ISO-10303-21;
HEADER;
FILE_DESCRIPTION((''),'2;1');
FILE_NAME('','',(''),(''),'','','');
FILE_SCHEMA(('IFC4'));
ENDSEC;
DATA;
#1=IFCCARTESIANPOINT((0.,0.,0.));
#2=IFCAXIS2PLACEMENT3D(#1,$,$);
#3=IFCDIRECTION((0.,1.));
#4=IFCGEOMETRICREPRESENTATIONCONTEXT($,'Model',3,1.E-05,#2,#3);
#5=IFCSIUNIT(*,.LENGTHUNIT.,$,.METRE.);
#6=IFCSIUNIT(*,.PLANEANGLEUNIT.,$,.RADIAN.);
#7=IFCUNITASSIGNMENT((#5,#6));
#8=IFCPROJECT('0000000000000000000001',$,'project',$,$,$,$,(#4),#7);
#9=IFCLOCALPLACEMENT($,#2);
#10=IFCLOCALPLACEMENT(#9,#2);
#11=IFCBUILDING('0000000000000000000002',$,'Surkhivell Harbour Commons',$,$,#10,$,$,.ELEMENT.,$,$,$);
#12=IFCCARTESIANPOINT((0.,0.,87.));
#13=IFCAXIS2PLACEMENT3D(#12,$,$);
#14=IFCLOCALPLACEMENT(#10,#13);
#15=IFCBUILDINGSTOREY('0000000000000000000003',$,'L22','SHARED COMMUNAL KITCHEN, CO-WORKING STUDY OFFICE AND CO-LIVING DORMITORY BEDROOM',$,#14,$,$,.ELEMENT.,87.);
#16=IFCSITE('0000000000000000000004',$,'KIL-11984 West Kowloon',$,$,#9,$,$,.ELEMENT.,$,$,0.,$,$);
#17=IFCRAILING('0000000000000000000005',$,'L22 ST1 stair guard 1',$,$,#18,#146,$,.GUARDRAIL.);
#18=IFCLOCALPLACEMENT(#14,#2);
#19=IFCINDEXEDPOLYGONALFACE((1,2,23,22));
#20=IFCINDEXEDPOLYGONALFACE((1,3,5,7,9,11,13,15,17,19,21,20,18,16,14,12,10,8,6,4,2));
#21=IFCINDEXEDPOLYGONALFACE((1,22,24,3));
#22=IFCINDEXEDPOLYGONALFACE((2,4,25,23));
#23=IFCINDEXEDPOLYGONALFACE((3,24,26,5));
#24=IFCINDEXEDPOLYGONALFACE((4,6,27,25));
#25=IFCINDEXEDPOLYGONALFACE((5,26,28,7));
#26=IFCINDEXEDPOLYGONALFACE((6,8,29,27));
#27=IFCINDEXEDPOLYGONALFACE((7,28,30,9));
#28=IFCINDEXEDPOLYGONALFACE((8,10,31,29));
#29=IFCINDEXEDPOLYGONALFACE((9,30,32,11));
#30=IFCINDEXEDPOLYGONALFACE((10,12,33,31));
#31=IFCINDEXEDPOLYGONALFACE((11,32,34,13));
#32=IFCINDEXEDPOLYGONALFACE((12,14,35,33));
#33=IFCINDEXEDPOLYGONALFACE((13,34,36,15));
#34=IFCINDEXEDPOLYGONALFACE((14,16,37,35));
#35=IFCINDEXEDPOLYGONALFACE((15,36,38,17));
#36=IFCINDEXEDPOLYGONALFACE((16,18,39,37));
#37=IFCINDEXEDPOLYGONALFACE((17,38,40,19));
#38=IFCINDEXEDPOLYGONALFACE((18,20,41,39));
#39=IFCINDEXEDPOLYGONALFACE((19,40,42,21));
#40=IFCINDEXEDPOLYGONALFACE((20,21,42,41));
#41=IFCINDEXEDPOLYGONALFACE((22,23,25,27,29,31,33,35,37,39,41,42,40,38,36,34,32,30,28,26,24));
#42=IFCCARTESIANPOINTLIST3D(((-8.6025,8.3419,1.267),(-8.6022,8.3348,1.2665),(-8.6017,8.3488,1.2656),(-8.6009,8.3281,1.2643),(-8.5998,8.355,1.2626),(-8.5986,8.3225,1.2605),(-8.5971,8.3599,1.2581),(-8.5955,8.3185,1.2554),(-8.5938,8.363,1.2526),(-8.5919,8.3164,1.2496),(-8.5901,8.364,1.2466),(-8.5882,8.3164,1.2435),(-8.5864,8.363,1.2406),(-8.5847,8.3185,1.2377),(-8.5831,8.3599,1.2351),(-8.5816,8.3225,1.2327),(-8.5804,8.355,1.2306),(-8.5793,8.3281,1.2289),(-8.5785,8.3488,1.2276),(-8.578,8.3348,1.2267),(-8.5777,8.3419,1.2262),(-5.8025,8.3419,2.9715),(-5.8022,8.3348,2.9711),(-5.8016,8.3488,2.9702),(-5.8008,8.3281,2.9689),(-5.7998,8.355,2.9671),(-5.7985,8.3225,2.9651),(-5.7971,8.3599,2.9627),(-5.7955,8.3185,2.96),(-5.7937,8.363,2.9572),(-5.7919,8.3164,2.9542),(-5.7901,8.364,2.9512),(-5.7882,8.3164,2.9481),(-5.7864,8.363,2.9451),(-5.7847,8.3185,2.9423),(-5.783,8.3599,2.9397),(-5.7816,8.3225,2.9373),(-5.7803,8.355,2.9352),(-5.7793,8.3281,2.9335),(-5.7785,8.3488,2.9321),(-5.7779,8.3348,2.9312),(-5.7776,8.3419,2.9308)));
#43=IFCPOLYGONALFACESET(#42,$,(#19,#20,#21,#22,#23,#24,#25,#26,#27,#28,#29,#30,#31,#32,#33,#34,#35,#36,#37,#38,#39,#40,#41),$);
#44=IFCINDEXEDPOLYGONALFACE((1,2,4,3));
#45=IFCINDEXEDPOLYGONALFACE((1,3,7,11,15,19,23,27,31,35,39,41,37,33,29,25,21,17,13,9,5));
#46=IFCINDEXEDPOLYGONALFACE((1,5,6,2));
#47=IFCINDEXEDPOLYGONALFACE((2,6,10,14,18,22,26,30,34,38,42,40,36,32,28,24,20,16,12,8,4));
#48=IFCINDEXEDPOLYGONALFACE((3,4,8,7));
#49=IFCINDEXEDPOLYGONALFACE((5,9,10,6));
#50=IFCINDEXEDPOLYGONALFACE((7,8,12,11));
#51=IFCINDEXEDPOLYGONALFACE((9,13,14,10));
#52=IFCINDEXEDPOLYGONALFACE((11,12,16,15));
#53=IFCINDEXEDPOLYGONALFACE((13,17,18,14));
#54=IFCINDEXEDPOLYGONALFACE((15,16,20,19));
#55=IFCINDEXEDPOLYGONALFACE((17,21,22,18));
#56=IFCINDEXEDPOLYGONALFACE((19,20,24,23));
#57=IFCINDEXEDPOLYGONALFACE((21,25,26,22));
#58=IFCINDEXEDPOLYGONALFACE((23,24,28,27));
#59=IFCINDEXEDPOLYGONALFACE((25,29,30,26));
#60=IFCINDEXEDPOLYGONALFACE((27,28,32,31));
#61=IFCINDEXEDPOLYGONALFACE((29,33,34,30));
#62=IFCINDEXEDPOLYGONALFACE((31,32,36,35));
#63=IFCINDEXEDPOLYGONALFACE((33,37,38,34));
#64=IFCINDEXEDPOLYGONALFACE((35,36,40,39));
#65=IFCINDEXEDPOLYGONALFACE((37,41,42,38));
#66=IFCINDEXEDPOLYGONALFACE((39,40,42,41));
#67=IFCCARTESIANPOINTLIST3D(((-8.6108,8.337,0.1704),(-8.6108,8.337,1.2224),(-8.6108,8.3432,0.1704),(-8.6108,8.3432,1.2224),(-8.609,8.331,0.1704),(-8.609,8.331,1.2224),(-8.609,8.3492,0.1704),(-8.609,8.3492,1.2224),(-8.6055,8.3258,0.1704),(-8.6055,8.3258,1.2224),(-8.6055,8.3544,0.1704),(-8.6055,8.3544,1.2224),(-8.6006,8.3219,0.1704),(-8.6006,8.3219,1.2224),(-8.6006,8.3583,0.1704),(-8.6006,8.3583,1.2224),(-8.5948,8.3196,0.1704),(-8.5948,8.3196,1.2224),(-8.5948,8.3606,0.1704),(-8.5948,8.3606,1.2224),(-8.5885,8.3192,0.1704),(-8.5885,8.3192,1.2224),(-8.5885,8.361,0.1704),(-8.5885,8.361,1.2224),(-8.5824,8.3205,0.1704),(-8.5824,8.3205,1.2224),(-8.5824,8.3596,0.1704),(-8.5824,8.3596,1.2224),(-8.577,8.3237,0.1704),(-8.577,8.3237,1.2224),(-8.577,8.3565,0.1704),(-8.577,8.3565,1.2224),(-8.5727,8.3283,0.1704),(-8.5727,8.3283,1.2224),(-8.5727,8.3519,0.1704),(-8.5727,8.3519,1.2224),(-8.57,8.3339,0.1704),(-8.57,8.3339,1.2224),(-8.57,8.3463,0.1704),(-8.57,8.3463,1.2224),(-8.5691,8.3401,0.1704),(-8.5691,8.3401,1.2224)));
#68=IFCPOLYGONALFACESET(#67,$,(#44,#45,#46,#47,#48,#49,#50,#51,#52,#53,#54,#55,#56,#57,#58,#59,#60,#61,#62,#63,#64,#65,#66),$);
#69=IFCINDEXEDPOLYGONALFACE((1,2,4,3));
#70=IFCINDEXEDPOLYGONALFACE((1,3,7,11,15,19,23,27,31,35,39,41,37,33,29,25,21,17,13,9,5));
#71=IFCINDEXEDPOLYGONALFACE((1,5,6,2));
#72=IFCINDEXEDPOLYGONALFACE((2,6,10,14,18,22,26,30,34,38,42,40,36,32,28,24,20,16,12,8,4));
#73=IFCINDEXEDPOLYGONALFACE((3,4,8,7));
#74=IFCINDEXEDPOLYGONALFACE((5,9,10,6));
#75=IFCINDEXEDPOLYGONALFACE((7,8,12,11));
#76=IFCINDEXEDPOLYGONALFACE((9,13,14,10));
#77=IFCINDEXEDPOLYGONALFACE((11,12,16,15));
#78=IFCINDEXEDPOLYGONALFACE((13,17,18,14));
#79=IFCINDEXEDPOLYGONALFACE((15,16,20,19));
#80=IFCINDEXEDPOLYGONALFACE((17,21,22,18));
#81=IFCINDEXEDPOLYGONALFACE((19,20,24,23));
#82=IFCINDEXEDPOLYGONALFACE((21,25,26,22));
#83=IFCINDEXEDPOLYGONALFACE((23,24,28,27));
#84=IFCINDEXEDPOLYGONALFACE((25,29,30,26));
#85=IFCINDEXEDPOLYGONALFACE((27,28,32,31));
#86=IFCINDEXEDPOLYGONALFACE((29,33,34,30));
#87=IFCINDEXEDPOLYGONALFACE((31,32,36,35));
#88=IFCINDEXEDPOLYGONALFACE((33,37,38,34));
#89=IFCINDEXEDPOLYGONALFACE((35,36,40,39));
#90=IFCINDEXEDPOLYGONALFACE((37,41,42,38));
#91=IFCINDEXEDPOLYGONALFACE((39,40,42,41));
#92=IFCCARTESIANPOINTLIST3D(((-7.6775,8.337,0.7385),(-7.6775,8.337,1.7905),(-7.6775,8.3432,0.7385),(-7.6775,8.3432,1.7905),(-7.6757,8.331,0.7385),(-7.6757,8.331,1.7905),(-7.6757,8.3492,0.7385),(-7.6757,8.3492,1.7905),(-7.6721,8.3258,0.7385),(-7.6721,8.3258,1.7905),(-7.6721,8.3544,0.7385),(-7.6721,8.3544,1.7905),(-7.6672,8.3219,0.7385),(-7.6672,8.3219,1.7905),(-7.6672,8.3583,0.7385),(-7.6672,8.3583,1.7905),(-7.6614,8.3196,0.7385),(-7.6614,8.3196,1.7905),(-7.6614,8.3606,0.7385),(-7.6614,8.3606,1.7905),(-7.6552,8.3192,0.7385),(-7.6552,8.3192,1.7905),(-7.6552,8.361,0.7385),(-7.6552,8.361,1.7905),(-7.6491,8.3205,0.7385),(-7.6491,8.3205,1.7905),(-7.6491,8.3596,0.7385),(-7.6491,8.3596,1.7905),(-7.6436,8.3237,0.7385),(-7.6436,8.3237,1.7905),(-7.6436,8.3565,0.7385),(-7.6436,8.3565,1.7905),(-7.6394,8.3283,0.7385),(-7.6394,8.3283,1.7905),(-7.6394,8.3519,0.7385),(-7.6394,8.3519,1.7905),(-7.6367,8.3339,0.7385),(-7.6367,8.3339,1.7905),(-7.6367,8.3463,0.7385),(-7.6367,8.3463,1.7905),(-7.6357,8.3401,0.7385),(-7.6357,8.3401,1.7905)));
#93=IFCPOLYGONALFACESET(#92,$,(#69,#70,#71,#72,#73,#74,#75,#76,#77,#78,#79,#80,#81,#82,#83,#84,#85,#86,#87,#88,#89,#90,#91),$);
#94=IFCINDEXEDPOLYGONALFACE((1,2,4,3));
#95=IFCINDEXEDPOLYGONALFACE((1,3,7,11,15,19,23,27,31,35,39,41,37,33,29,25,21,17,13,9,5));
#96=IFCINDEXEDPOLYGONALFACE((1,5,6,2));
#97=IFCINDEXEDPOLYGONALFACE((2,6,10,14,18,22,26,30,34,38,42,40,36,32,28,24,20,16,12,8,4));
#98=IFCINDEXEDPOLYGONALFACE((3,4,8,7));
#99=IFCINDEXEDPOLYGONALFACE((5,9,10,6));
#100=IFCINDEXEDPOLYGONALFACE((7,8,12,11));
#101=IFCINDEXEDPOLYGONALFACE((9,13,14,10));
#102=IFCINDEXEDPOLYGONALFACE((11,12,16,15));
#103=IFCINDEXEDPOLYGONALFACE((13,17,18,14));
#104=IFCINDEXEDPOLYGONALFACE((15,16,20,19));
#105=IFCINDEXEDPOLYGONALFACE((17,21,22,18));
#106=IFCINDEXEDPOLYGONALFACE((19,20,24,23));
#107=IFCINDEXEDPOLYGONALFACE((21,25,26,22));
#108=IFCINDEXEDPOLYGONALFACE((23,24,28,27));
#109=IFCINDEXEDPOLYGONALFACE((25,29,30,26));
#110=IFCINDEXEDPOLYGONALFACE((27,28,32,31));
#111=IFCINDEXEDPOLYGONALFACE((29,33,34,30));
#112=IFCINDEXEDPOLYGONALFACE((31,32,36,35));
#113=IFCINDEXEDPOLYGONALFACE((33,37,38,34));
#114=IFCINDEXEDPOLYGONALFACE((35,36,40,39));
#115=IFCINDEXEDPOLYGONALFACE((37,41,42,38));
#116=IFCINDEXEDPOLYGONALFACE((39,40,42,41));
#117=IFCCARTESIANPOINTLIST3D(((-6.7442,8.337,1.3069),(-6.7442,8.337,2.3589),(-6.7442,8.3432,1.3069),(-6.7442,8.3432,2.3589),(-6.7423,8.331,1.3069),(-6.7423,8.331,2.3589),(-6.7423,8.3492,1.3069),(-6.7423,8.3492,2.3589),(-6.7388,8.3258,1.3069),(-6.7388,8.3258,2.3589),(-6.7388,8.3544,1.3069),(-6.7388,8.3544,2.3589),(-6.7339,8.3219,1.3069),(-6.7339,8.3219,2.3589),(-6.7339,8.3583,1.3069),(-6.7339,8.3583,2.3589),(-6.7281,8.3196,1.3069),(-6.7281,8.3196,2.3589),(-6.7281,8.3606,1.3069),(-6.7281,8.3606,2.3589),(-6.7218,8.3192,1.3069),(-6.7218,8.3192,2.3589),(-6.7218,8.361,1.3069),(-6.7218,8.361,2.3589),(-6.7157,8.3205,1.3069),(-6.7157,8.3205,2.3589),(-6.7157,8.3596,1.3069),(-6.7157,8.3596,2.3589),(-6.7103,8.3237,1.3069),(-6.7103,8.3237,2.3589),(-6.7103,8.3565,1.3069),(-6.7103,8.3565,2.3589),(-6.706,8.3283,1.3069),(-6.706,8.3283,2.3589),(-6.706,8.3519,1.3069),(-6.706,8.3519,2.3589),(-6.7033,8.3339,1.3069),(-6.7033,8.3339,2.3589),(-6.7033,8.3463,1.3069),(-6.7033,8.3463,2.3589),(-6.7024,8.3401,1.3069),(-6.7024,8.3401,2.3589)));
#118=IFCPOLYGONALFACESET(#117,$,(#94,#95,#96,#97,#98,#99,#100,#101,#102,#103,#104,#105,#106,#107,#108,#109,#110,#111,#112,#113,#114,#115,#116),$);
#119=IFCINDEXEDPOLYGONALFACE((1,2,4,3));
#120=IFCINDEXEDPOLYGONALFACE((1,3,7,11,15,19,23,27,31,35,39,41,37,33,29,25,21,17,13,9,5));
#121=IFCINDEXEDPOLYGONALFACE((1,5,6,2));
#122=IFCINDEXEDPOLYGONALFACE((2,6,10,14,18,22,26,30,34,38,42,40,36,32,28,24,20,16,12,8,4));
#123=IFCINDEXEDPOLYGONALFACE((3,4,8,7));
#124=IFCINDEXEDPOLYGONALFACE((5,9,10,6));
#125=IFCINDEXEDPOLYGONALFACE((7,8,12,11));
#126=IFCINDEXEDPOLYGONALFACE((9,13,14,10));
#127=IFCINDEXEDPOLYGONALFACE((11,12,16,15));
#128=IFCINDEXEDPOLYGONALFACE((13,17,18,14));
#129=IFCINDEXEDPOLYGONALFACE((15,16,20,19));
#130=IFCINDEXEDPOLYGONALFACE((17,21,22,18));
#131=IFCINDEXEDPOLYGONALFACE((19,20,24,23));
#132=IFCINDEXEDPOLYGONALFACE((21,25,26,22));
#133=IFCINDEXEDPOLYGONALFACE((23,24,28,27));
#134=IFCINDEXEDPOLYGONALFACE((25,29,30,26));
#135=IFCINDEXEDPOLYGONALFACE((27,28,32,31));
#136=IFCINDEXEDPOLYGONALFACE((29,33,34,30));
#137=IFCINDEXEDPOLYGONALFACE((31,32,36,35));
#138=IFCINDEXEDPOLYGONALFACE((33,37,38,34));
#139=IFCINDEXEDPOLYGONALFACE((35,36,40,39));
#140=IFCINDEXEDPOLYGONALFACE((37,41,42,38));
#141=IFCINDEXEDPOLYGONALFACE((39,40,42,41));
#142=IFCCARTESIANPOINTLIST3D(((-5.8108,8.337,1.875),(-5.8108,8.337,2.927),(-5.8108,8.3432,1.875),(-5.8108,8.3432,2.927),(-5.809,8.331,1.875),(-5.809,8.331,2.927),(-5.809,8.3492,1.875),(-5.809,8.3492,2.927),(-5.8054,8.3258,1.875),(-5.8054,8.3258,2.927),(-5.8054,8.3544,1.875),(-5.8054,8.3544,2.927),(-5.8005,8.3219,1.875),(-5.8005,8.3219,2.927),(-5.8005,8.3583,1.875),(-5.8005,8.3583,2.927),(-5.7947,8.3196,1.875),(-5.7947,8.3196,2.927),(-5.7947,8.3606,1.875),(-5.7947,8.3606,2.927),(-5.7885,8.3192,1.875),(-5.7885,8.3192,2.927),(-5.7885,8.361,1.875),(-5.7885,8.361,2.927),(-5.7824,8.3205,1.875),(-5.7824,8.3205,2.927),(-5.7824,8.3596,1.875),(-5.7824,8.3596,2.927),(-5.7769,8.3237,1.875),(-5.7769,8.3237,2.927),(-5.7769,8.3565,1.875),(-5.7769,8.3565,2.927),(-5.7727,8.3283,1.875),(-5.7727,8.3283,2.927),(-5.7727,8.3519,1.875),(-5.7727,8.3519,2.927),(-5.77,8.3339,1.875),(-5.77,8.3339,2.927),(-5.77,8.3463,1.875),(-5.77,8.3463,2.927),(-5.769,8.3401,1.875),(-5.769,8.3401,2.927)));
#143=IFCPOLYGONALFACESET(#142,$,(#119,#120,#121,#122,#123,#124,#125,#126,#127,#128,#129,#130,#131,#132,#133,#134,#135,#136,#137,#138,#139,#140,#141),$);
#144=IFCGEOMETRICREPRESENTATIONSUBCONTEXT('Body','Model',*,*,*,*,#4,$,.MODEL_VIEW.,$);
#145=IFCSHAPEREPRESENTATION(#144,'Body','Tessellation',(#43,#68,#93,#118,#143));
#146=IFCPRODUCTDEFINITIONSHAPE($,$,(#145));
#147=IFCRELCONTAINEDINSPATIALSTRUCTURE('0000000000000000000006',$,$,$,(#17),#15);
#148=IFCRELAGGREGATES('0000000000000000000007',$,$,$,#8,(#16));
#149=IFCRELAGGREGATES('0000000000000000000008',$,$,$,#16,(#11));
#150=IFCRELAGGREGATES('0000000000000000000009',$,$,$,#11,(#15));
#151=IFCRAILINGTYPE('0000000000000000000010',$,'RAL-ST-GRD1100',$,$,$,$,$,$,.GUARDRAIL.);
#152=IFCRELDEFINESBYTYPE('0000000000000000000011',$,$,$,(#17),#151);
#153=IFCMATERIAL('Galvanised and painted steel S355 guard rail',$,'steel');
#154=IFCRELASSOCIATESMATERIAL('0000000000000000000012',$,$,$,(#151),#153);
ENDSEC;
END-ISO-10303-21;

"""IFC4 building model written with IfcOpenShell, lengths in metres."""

from ifc_helpers import new_model, si_unit, direction, frame, origin, origin_2d, place, context, subcontext, project, spatial, circle, extrude, material, type_object, element, save


model = new_model("IFC4")

# Units and contexts
model_context = context("Model", 3, precision=1e-05, world=origin(), true_north=direction((0.0, 1.0)))
body_context = subcontext(model_context, "Body", "Model", "MODEL_VIEW")
ifc_project = project(units=[si_unit("LENGTHUNIT", "METRE"), si_unit("PLANEANGLEUNIT", "RADIAN")], contexts=[model_context])

# Site, building, storey
site_placement = place(None, origin())
site = spatial("IfcSite", under=ifc_project, at=site_placement, Name="KIL-11984 West Kowloon", CompositionType="ELEMENT", RefElevation=0.0)
building_placement = place(site_placement, origin())
building = spatial("IfcBuilding", under=site, at=building_placement, Name="Surkhivell Harbour Commons", CompositionType="ELEMENT")
storey_placement = place(building_placement, frame((0.0, 0.0, 87.0)))
storey = spatial("IfcBuildingStorey", under=building, at=storey_placement, Name="L22", Description="SHARED COMMUNAL KITCHEN, CO-WORKING STUDY OFFICE AND CO-LIVING DORMITORY BEDROOM", CompositionType="ELEMENT", Elevation=87.0)

# Railing
ifc_material_1 = material(Name="Galvanised and painted steel S355 guard rail", Category="steel")
railing_type_1 = type_object("IfcRailingType", Name="RAL-ST-GRD1100", PredefinedType="GUARDRAIL", material=ifc_material_1)
railing_1_placement = place(storey_placement, frame((-8.5901, 8.3401, 0.1704)))
element("IfcRailing", 1, at=railing_1_placement, inside=storey, type_object=railing_type_1, Name="L22 ST1 stair guard 1", PredefinedType="GUARDRAIL", context=body_context, shape_type="SweptSolid", body=[
    extrude(circle(Radius=0.0239, at=origin_2d()), frame((0.0, 0.0, 1.0762), z_axis=(0.85417, 0.0, 0.519994), x_axis=(0.0, 1.0, 0.0)), (0.0, 0.0, 1.0), 3.2781),
    extrude(circle(Radius=0.021, at=origin_2d()), origin(), (0.0, 0.0, 1.0), 1.052),
    extrude(circle(Radius=0.021, at=origin_2d()), frame((0.9333, 0.0, 0.5681)), (0.0, 0.0, 1.0), 1.052),
    extrude(circle(Radius=0.021, at=origin_2d()), frame((1.8667, 0.0, 1.1365)), (0.0, 0.0, 1.0), 1.052),
    extrude(circle(Radius=0.021, at=origin_2d()), frame((2.8, 0.0, 1.7046)), (0.0, 0.0, 1.0), 1.052),
])

save(model, "model.ifc")
